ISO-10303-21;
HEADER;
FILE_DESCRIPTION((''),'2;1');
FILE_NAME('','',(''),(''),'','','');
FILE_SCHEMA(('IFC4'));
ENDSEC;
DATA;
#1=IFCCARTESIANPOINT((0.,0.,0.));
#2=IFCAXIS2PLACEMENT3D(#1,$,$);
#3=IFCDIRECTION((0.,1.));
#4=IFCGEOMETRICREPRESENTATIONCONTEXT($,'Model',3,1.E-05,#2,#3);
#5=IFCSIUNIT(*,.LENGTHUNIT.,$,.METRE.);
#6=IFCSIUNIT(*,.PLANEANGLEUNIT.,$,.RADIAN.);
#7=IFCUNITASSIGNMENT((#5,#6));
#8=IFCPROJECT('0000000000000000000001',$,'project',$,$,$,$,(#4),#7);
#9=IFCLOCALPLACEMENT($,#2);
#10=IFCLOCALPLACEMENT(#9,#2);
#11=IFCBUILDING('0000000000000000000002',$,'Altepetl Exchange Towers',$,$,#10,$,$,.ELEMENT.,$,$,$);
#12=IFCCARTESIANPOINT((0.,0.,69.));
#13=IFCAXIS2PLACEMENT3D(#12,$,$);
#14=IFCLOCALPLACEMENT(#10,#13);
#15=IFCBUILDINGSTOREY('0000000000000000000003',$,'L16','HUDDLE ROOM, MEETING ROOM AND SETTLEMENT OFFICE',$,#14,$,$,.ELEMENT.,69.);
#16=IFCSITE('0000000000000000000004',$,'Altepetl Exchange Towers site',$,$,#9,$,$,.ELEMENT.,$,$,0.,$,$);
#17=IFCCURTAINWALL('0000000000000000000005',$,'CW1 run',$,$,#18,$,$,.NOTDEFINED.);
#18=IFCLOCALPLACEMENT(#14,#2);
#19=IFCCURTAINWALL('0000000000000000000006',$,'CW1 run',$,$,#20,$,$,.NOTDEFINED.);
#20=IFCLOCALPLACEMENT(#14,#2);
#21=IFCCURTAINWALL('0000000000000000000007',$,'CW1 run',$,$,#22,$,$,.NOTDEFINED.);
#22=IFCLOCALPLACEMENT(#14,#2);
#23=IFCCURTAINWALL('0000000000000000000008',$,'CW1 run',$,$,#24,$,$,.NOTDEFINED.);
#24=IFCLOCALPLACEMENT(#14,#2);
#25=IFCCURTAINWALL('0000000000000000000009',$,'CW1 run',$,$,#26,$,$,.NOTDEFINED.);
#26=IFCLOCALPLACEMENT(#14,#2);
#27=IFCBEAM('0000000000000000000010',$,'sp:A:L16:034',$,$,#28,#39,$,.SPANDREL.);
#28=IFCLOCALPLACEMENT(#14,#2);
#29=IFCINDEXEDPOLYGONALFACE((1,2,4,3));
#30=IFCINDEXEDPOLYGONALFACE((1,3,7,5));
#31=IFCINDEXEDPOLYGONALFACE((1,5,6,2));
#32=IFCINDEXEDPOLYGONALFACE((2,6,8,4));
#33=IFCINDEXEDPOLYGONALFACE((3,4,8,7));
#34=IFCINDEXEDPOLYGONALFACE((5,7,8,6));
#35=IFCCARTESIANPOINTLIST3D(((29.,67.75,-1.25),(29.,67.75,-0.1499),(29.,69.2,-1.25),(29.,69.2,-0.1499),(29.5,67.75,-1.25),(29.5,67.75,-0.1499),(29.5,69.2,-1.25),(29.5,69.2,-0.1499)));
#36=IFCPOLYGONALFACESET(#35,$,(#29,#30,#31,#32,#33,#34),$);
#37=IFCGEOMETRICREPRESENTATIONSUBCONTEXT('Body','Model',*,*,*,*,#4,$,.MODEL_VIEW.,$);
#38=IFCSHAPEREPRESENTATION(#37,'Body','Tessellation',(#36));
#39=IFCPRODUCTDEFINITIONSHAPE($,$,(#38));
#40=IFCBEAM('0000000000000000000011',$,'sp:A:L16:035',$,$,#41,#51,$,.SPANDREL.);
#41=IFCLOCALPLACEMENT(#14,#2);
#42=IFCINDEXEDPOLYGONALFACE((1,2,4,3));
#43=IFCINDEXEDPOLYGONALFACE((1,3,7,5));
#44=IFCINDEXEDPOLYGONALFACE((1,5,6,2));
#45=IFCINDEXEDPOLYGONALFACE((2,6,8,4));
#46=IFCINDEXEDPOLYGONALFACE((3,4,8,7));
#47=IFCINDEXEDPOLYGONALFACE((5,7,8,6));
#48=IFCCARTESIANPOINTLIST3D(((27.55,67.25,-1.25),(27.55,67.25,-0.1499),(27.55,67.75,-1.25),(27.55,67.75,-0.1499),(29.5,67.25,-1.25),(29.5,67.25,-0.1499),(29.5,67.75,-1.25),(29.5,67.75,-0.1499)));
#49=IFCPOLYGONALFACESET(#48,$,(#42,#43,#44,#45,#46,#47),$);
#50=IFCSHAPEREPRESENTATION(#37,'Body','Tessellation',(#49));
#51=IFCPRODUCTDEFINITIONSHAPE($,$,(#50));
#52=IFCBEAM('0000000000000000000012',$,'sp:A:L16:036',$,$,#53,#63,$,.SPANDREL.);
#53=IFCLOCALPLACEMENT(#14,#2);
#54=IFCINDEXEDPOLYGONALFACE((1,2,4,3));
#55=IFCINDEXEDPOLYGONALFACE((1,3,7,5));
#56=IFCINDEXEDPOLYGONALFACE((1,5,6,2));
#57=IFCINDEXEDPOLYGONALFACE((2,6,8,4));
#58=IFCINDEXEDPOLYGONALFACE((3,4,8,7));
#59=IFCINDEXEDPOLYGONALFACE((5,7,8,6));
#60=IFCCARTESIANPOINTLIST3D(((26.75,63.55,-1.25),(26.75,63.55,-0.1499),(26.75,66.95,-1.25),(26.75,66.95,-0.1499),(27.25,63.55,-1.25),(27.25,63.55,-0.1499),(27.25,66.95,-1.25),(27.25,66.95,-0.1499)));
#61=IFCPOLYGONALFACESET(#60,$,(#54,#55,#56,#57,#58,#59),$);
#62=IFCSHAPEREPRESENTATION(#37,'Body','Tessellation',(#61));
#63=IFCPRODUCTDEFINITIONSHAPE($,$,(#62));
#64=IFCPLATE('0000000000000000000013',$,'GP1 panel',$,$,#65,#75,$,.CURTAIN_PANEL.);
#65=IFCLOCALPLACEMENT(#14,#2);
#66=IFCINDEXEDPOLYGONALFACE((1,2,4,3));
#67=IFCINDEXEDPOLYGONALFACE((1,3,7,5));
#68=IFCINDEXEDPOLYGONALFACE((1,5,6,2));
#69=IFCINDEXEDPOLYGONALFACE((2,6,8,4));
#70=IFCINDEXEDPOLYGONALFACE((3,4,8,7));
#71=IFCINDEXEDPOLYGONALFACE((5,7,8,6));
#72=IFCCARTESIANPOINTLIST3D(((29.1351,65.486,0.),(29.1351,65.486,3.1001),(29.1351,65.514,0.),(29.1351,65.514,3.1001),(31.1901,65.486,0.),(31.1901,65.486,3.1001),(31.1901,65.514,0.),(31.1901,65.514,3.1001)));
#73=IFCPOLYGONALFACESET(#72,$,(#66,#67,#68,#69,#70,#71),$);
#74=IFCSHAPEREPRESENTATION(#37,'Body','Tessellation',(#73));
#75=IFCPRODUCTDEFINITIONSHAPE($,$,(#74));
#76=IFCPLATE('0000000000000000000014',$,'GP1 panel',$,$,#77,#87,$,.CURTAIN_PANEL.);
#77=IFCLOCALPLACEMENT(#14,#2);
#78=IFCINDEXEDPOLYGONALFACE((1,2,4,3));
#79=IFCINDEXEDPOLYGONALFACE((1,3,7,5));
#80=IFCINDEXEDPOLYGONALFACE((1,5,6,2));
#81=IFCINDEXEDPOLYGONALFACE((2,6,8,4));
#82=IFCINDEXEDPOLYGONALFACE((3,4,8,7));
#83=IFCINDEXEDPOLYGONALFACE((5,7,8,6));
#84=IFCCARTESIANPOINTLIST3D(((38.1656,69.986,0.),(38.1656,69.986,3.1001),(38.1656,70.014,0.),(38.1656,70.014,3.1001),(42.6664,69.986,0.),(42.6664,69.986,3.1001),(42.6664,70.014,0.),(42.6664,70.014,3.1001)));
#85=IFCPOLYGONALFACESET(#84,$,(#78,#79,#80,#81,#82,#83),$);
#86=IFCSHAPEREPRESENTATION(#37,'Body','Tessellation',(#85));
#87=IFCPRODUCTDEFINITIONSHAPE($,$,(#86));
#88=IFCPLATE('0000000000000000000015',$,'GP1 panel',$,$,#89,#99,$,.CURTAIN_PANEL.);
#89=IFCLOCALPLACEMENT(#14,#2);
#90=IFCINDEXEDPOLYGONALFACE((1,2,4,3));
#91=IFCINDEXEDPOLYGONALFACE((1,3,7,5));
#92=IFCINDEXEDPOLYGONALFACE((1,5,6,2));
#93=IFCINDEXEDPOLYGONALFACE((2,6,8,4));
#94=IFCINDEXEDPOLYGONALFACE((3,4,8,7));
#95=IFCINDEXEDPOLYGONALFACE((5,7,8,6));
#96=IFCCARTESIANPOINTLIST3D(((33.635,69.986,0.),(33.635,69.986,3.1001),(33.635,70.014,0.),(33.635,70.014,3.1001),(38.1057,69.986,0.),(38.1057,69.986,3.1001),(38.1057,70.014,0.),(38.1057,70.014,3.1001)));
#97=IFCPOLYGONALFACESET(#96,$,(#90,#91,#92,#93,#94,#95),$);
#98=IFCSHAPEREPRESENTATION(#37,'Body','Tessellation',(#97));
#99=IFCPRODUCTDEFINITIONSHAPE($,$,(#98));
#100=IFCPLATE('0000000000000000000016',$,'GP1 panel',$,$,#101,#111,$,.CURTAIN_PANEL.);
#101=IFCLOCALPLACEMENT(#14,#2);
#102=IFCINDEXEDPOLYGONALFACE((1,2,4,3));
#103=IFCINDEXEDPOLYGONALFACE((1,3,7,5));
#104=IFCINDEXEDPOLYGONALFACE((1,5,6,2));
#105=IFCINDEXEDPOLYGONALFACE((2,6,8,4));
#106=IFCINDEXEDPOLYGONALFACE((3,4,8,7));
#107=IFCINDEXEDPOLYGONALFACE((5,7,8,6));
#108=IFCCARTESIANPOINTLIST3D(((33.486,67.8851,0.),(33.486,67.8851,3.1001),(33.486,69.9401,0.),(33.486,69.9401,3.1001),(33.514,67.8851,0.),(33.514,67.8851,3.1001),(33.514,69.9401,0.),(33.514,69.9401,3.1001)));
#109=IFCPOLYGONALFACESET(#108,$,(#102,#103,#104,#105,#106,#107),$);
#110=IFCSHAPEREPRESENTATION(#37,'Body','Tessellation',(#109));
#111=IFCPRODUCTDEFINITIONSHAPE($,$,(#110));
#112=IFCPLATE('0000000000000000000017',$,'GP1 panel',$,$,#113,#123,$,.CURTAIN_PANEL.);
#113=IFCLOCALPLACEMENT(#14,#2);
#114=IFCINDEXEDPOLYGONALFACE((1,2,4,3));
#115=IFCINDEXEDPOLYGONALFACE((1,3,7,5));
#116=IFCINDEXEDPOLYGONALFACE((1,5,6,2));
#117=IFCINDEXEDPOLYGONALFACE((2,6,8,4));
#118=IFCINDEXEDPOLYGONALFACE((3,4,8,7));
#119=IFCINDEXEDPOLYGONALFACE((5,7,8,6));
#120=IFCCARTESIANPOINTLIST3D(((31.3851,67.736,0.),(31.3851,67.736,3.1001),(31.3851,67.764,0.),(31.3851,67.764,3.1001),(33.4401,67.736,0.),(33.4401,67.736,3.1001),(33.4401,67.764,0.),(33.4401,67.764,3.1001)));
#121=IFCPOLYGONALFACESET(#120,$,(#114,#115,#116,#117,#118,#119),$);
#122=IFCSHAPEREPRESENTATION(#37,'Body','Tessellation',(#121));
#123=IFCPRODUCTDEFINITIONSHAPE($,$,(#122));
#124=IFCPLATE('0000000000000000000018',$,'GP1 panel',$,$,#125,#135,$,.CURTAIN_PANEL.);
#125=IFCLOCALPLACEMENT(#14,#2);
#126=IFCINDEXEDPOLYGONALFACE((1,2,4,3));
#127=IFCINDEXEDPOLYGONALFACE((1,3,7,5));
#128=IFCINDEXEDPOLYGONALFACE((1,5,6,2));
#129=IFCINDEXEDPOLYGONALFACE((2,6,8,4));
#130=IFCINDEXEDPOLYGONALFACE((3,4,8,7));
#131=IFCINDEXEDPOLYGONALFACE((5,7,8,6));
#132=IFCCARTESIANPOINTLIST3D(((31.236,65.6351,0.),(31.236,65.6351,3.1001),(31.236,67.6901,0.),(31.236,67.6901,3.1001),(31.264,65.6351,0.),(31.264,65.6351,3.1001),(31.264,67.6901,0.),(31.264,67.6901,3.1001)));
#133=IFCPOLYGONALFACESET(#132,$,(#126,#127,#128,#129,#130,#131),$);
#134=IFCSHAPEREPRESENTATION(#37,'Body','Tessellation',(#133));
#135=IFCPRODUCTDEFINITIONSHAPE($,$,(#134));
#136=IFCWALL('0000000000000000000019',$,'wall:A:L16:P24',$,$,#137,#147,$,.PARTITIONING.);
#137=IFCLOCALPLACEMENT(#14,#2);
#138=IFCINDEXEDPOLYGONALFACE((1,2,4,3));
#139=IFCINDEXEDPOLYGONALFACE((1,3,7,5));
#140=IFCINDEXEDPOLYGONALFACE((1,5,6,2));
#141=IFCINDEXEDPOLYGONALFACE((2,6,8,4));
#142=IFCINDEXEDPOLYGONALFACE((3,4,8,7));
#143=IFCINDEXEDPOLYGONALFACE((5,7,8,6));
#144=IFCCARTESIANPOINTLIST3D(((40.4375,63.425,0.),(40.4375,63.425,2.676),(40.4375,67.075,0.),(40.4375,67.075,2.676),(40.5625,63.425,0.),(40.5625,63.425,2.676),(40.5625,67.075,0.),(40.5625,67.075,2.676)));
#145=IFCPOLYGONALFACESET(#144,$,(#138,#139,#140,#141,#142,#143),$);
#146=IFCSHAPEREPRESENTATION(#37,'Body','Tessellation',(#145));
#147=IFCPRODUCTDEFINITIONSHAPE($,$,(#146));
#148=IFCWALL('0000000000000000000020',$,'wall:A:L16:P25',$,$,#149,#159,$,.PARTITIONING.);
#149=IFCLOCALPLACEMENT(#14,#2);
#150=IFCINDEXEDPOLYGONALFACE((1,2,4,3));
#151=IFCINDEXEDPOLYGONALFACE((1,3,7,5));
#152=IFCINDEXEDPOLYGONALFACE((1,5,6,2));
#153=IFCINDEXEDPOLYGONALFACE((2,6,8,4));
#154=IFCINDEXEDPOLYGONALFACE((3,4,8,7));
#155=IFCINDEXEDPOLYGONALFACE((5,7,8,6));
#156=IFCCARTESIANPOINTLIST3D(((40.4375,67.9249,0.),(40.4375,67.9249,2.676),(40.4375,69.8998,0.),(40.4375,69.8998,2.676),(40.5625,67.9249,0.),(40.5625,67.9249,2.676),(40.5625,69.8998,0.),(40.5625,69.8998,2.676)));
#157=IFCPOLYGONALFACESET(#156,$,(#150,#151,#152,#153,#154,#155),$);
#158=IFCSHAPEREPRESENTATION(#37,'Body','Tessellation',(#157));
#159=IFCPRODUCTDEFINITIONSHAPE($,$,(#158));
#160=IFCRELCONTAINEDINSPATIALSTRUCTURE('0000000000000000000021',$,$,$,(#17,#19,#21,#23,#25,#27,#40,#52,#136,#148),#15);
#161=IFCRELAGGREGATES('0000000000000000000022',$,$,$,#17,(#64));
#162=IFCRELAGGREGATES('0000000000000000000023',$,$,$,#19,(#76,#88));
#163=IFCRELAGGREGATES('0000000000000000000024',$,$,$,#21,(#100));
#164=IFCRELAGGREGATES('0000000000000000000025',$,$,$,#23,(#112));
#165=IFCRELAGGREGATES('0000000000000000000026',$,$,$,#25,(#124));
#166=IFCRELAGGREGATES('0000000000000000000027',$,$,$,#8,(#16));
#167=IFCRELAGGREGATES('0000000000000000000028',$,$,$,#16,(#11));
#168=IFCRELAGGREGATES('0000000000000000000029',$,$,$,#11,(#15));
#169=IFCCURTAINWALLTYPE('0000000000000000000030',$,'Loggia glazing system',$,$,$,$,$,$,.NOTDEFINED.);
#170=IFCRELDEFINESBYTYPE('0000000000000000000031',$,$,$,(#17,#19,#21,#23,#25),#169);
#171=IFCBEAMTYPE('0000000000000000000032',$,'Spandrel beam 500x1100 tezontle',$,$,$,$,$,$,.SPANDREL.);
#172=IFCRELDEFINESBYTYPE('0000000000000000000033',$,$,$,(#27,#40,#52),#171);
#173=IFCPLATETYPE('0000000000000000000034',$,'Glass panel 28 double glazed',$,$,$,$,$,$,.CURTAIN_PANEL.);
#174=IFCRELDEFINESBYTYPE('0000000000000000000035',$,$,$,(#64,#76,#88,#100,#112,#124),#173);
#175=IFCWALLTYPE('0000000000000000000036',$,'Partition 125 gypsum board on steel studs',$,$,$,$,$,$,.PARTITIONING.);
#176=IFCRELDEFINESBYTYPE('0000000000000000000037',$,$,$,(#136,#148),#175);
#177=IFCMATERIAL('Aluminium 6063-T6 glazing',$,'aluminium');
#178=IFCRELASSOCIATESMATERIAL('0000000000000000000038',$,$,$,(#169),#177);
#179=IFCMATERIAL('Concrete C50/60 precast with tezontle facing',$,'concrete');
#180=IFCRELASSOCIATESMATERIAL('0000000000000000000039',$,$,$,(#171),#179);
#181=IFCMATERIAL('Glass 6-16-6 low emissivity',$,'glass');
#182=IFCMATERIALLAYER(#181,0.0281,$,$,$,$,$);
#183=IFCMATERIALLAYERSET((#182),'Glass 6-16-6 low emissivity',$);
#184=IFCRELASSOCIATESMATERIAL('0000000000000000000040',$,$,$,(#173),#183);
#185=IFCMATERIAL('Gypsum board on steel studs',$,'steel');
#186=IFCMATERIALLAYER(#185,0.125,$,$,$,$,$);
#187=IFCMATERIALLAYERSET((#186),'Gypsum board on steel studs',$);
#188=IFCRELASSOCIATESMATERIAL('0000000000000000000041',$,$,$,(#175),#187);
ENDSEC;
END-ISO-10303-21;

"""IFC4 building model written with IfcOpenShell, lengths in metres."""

from ifc_helpers import new_model, si_unit, direction, frame, frame_2d, origin, origin_2d, place, context, subcontext, project, spatial, rectangle, extrude, material, layer, layer_set, material_profile, profile_set, type_object, element, aggregate, save


model = new_model("IFC4")

# Units and contexts
model_context = context("Model", 3, precision=1e-05, world=origin(), true_north=direction((0.0, 1.0)))
body_context = subcontext(model_context, "Body", "Model", "MODEL_VIEW")
ifc_project = project(units=[si_unit("LENGTHUNIT", "METRE"), si_unit("PLANEANGLEUNIT", "RADIAN")], contexts=[model_context])

# Site, building, storey
site_placement = place(None, origin())
site = spatial("IfcSite", under=ifc_project, at=site_placement, Name="Altepetl Exchange Towers site", CompositionType="ELEMENT", RefElevation=0.0)
building_placement = place(site_placement, origin())
building = spatial("IfcBuilding", under=site, at=building_placement, Name="Altepetl Exchange Towers", CompositionType="ELEMENT")
storey_placement = place(building_placement, frame((0.0, 0.0, 69.0)))
storey = spatial("IfcBuildingStorey", under=building, at=storey_placement, Name="L16", Description="HUDDLE ROOM, MEETING ROOM AND SETTLEMENT OFFICE", CompositionType="ELEMENT", Elevation=69.0)

# Curtain wall
ifc_material_1 = material(Name="Aluminium 6063-T6 glazing", Category="aluminium")
curtain_wall_type = type_object("IfcCurtainWallType", Name="Loggia glazing system", PredefinedType="NOTDEFINED", material=ifc_material_1)
curtain_wall_1_placement = place(storey_placement, origin())
curtain_wall_1 = element("IfcCurtainWall", 1, at=curtain_wall_1_placement, inside=storey, type_object=curtain_wall_type, Name="CW1 run", PredefinedType="NOTDEFINED")

# Curtain walls
curtain_wall_2_placement = place(storey_placement, origin())
curtain_wall_2 = element("IfcCurtainWall", 2, at=curtain_wall_2_placement, inside=storey, type_object=curtain_wall_type, Name="CW1 run", PredefinedType="NOTDEFINED")
curtain_wall_3_placement = place(storey_placement, origin())
curtain_wall_3 = element("IfcCurtainWall", 3, at=curtain_wall_3_placement, inside=storey, type_object=curtain_wall_type, Name="CW1 run", PredefinedType="NOTDEFINED")
curtain_wall_4_placement = place(storey_placement, origin())
curtain_wall_4 = element("IfcCurtainWall", 4, at=curtain_wall_4_placement, inside=storey, type_object=curtain_wall_type, Name="CW1 run", PredefinedType="NOTDEFINED")
curtain_wall_5_placement = place(storey_placement, origin())
curtain_wall_5 = element("IfcCurtainWall", 5, at=curtain_wall_5_placement, inside=storey, type_object=curtain_wall_type, Name="CW1 run", PredefinedType="NOTDEFINED")

# Beams
ifc_material_2 = material(Name="Concrete C50/60 precast with tezontle facing", Category="concrete")
ifc_material_profile_1 = material_profile(ifc_material_2, rectangle(XDim=0.5, YDim=1.1001, at=origin_2d()), Name="500 x 1100")
ifc_profile_set_1 = profile_set([ifc_material_profile_1], Name="Concrete C50/60 precast with tezontle facing")
beam_type_1 = type_object("IfcBeamType", Name="Spandrel beam 500x1100 tezontle", PredefinedType="SPANDREL", material=ifc_profile_set_1)
beam_1_placement = place(storey_placement, frame((29.25, 69.2, -0.7), z_axis=(0.0, -1.0, 0.0), x_axis=(1.0, 0.0, 0.0)))
element("IfcBeam", 6, at=beam_1_placement, inside=storey, type_object=beam_type_1, Name="sp:A:L16:034", PredefinedType="SPANDREL", context=body_context, shape_type="SweptSolid", body=[
    extrude(rectangle(XDim=0.5, YDim=1.1001, at=origin_2d()), origin(), (0.0, 0.0, 1.0), 1.45),
])
beam_2_placement = place(storey_placement, frame((29.5, 67.5, -0.7), z_axis=(-1.0, 0.0, 0.0), x_axis=(0.0, -1.0, 0.0)))
element("IfcBeam", 7, at=beam_2_placement, inside=storey, type_object=beam_type_1, Name="sp:A:L16:035", PredefinedType="SPANDREL", context=body_context, shape_type="SweptSolid", body=[
    extrude(rectangle(XDim=0.5, YDim=1.1001, at=origin_2d()), origin(), (0.0, 0.0, 1.0), 1.95),
])
beam_3_placement = place(storey_placement, frame((27.0, 66.95, -0.7), z_axis=(0.0, -1.0, 0.0), x_axis=(1.0, 0.0, 0.0)))
element("IfcBeam", 8, at=beam_3_placement, inside=storey, type_object=beam_type_1, Name="sp:A:L16:036", PredefinedType="SPANDREL", context=body_context, shape_type="SweptSolid", body=[
    extrude(rectangle(XDim=0.5, YDim=1.1001, at=origin_2d()), origin(), (0.0, 0.0, 1.0), 3.3999),
])

# Plates
ifc_material_3 = material(Name="Glass 6-16-6 low emissivity", Category="glass")
ifc_layer_1 = layer(ifc_material_3, 0.0281)
ifc_layer_set_1 = layer_set([ifc_layer_1], Name="Glass 6-16-6 low emissivity")
plate_type = type_object("IfcPlateType", Name="Glass panel 28 double glazed", PredefinedType="CURTAIN_PANEL", material=ifc_layer_set_1)
plate_1_placement = place(storey_placement, frame((30.1626, 65.5, 0.0), z_axis=(0.0, 0.0, 1.0), x_axis=(-1.0, 0.0, 0.0)))
plate_1 = element("IfcPlate", 9, at=plate_1_placement, type_object=plate_type, Name="GP1 panel", PredefinedType="CURTAIN_PANEL", context=body_context, shape_type="SweptSolid", body=[
    extrude(rectangle(XDim=2.0549, YDim=0.0281, at=origin_2d()), origin(), (0.0, 0.0, 1.0), 3.1001),
])
aggregate(curtain_wall_1, [plate_1])
plate_2_placement = place(storey_placement, frame((40.416, 70.0, 0.0), z_axis=(0.0, 0.0, 1.0), x_axis=(-1.0, 0.0, 0.0)))
plate_2 = element("IfcPlate", 10, at=plate_2_placement, type_object=plate_type, Name="GP1 panel", PredefinedType="CURTAIN_PANEL", context=body_context, shape_type="SweptSolid", body=[
    extrude(rectangle(XDim=4.5007, YDim=0.0281, at=origin_2d()), origin(), (0.0, 0.0, 1.0), 3.1001),
])
plate_3_placement = place(storey_placement, frame((35.8704, 70.0, 0.0), z_axis=(0.0, 0.0, 1.0), x_axis=(-1.0, 0.0, 0.0)))
plate_3 = element("IfcPlate", 11, at=plate_3_placement, type_object=plate_type, Name="GP1 panel", PredefinedType="CURTAIN_PANEL", context=body_context, shape_type="SweptSolid", body=[
    extrude(rectangle(XDim=4.4707, YDim=0.0281, at=origin_2d()), origin(), (0.0, 0.0, 1.0), 3.1001),
])
aggregate(curtain_wall_2, [plate_2, plate_3])
plate_4_placement = place(storey_placement, frame((33.5, 68.9126, 0.0), z_axis=(0.0, 0.0, 1.0), x_axis=(0.0, -1.0, 0.0)))
plate_4 = element("IfcPlate", 12, at=plate_4_placement, type_object=plate_type, Name="GP1 panel", PredefinedType="CURTAIN_PANEL", context=body_context, shape_type="SweptSolid", body=[
    extrude(rectangle(XDim=2.0549, YDim=0.0281, at=origin_2d()), origin(), (0.0, 0.0, 1.0), 3.1001),
])
aggregate(curtain_wall_3, [plate_4])
plate_5_placement = place(storey_placement, frame((32.4126, 67.75, 0.0), z_axis=(0.0, 0.0, 1.0), x_axis=(-1.0, 0.0, 0.0)))
plate_5 = element("IfcPlate", 13, at=plate_5_placement, type_object=plate_type, Name="GP1 panel", PredefinedType="CURTAIN_PANEL", context=body_context, shape_type="SweptSolid", body=[
    extrude(rectangle(XDim=2.0549, YDim=0.0281, at=origin_2d()), origin(), (0.0, 0.0, 1.0), 3.1001),
])
aggregate(curtain_wall_4, [plate_5])
plate_6_placement = place(storey_placement, frame((31.25, 66.6626, 0.0), z_axis=(0.0, 0.0, 1.0), x_axis=(0.0, -1.0, 0.0)))
plate_6 = element("IfcPlate", 14, at=plate_6_placement, type_object=plate_type, Name="GP1 panel", PredefinedType="CURTAIN_PANEL", context=body_context, shape_type="SweptSolid", body=[
    extrude(rectangle(XDim=2.0549, YDim=0.0281, at=origin_2d()), origin(), (0.0, 0.0, 1.0), 3.1001),
])
aggregate(curtain_wall_5, [plate_6])

# Walls
ifc_material_4 = material(Name="Gypsum board on steel studs", Category="steel")
ifc_layer_2 = layer(ifc_material_4, 0.125)
ifc_layer_set_2 = layer_set([ifc_layer_2], Name="Gypsum board on steel studs")
wall_type = type_object("IfcWallType", Name="Partition 125 gypsum board on steel studs", PredefinedType="PARTITIONING", material=ifc_layer_set_2)
wall_1_placement = place(storey_placement, frame((40.5, 63.425, 0.0), z_axis=(0.0, 0.0, 1.0), x_axis=(0.0, 1.0, 0.0)))
element("IfcWall", 15, at=wall_1_placement, inside=storey, type_object=wall_type, Name="wall:A:L16:P24", PredefinedType="PARTITIONING", context=body_context, shape_type="SweptSolid", body=[
    extrude(rectangle(XDim=3.6499, YDim=0.125, at=frame_2d((1.825, 0.0))), origin(), (0.0, 0.0, 1.0), 2.676),
])
wall_2_placement = place(storey_placement, frame((40.5, 67.925, 0.0), z_axis=(0.0, 0.0, 1.0), x_axis=(0.0, 1.0, 0.0)))
element("IfcWall", 16, at=wall_2_placement, inside=storey, type_object=wall_type, Name="wall:A:L16:P25", PredefinedType="PARTITIONING", context=body_context, shape_type="SweptSolid", body=[
    extrude(rectangle(XDim=1.9749, YDim=0.125, at=frame_2d((0.9873, 0.0))), origin(), (0.0, 0.0, 1.0), 2.676),
])

save(model, "model.ifc")
